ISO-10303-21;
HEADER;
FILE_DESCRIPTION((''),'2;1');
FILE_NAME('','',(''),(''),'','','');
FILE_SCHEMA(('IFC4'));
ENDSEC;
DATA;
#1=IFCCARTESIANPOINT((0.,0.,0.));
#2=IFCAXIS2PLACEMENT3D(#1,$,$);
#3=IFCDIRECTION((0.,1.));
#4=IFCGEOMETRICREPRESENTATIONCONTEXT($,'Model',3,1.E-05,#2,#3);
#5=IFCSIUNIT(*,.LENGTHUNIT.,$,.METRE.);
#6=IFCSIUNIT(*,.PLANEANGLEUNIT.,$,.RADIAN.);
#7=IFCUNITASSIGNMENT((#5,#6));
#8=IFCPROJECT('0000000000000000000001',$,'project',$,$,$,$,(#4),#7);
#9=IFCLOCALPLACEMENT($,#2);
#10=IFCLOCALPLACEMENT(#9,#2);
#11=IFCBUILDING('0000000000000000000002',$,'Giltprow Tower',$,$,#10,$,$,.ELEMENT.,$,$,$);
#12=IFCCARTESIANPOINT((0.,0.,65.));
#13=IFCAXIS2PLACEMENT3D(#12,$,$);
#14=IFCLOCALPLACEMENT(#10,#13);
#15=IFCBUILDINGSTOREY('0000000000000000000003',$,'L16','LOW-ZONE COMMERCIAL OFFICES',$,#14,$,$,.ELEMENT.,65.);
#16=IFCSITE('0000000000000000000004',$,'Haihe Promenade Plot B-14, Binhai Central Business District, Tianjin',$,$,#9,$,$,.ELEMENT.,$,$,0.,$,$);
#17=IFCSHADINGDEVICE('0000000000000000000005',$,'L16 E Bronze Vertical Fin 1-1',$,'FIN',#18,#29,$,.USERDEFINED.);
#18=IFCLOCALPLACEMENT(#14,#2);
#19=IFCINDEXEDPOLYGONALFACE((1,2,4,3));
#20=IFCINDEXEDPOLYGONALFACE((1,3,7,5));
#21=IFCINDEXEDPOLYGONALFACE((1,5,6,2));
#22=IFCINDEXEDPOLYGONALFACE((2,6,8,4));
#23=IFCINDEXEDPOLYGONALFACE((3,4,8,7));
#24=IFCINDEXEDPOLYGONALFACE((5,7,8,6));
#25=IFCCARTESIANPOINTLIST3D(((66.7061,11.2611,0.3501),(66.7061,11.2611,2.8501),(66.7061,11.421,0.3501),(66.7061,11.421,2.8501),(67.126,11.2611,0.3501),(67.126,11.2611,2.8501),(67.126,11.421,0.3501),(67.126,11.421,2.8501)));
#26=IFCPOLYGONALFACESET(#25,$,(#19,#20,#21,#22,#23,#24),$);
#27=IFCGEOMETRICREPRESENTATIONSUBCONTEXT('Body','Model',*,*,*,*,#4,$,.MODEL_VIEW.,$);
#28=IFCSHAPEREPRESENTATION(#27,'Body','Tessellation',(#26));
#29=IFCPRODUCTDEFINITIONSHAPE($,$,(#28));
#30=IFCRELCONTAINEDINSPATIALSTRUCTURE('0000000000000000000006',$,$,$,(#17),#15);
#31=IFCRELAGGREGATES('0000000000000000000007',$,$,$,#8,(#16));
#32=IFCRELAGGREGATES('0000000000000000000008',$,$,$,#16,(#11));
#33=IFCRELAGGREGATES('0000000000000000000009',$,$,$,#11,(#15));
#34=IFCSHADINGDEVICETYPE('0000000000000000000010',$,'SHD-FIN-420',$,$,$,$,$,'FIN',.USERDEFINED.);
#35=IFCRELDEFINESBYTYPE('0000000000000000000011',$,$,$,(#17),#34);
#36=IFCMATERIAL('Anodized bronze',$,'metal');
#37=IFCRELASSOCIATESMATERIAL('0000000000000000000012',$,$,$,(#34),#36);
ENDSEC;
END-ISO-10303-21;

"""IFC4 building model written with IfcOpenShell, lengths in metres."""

from ifc_helpers import new_model, si_unit, direction, frame, origin, origin_2d, place, context, subcontext, project, spatial, rectangle, extrude, source, transform, mapped, material, type_object, element, save


model = new_model("IFC4")

# Units and contexts
model_context = context("Model", 3, precision=1e-05, world=origin(), true_north=direction((0.0, 1.0)))
body_context = subcontext(model_context, "Body", "Model", "MODEL_VIEW")
ifc_project = project(units=[si_unit("LENGTHUNIT", "METRE"), si_unit("PLANEANGLEUNIT", "RADIAN")], contexts=[model_context])

# Site, building, storey
site_placement = place(None, origin())
site = spatial("IfcSite", under=ifc_project, at=site_placement, Name="Haihe Promenade Plot B-14, Binhai Central Business District, Tianjin", CompositionType="ELEMENT", RefElevation=0.0)
building_placement = place(site_placement, origin())
building = spatial("IfcBuilding", under=site, at=building_placement, Name="Giltprow Tower", CompositionType="ELEMENT")
storey_placement = place(building_placement, frame((0.0, 0.0, 65.0)))
storey = spatial("IfcBuildingStorey", under=building, at=storey_placement, Name="L16", Description="LOW-ZONE COMMERCIAL OFFICES", CompositionType="ELEMENT", Elevation=65.0)

# Shared definitions
ifc_material_1 = material(Name="Anodized bronze", Category="metal")

# Shading device
shading_device_type = type_object("IfcShadingDeviceType", Name="SHD-FIN-420", ElementType="FIN", PredefinedType="USERDEFINED", material=ifc_material_1)
shared_shape_1 = source(origin(), body_context, "Body", "SweptSolid", [
    extrude(rectangle(XDim=0.4199, YDim=0.1599, at=origin_2d()), origin(), (0.0, 0.0, 1.0), 2.5),
])
shading_device_placement = place(storey_placement, frame((66.916, 11.3411, 0.3501), z_axis=(0.0, 0.0, 1.0), x_axis=(1.0, 0.0, 0.0)))
element("IfcShadingDevice", 1, at=shading_device_placement, inside=storey, type_object=shading_device_type, Name="L16 E Bronze Vertical Fin 1-1", ObjectType="FIN", PredefinedType="USERDEFINED", context=body_context, shape_type="MappedRepresentation", body=[
    mapped(shared_shape_1, transform((0.0, 0.0, 0.0), x_axis=(1.0, 0.0, 0.0), y_axis=(0.0, 1.0, 0.0), z_axis=(0.0, 0.0, 1.0), scale=1.0)),
])

save(model, "model.ifc")
